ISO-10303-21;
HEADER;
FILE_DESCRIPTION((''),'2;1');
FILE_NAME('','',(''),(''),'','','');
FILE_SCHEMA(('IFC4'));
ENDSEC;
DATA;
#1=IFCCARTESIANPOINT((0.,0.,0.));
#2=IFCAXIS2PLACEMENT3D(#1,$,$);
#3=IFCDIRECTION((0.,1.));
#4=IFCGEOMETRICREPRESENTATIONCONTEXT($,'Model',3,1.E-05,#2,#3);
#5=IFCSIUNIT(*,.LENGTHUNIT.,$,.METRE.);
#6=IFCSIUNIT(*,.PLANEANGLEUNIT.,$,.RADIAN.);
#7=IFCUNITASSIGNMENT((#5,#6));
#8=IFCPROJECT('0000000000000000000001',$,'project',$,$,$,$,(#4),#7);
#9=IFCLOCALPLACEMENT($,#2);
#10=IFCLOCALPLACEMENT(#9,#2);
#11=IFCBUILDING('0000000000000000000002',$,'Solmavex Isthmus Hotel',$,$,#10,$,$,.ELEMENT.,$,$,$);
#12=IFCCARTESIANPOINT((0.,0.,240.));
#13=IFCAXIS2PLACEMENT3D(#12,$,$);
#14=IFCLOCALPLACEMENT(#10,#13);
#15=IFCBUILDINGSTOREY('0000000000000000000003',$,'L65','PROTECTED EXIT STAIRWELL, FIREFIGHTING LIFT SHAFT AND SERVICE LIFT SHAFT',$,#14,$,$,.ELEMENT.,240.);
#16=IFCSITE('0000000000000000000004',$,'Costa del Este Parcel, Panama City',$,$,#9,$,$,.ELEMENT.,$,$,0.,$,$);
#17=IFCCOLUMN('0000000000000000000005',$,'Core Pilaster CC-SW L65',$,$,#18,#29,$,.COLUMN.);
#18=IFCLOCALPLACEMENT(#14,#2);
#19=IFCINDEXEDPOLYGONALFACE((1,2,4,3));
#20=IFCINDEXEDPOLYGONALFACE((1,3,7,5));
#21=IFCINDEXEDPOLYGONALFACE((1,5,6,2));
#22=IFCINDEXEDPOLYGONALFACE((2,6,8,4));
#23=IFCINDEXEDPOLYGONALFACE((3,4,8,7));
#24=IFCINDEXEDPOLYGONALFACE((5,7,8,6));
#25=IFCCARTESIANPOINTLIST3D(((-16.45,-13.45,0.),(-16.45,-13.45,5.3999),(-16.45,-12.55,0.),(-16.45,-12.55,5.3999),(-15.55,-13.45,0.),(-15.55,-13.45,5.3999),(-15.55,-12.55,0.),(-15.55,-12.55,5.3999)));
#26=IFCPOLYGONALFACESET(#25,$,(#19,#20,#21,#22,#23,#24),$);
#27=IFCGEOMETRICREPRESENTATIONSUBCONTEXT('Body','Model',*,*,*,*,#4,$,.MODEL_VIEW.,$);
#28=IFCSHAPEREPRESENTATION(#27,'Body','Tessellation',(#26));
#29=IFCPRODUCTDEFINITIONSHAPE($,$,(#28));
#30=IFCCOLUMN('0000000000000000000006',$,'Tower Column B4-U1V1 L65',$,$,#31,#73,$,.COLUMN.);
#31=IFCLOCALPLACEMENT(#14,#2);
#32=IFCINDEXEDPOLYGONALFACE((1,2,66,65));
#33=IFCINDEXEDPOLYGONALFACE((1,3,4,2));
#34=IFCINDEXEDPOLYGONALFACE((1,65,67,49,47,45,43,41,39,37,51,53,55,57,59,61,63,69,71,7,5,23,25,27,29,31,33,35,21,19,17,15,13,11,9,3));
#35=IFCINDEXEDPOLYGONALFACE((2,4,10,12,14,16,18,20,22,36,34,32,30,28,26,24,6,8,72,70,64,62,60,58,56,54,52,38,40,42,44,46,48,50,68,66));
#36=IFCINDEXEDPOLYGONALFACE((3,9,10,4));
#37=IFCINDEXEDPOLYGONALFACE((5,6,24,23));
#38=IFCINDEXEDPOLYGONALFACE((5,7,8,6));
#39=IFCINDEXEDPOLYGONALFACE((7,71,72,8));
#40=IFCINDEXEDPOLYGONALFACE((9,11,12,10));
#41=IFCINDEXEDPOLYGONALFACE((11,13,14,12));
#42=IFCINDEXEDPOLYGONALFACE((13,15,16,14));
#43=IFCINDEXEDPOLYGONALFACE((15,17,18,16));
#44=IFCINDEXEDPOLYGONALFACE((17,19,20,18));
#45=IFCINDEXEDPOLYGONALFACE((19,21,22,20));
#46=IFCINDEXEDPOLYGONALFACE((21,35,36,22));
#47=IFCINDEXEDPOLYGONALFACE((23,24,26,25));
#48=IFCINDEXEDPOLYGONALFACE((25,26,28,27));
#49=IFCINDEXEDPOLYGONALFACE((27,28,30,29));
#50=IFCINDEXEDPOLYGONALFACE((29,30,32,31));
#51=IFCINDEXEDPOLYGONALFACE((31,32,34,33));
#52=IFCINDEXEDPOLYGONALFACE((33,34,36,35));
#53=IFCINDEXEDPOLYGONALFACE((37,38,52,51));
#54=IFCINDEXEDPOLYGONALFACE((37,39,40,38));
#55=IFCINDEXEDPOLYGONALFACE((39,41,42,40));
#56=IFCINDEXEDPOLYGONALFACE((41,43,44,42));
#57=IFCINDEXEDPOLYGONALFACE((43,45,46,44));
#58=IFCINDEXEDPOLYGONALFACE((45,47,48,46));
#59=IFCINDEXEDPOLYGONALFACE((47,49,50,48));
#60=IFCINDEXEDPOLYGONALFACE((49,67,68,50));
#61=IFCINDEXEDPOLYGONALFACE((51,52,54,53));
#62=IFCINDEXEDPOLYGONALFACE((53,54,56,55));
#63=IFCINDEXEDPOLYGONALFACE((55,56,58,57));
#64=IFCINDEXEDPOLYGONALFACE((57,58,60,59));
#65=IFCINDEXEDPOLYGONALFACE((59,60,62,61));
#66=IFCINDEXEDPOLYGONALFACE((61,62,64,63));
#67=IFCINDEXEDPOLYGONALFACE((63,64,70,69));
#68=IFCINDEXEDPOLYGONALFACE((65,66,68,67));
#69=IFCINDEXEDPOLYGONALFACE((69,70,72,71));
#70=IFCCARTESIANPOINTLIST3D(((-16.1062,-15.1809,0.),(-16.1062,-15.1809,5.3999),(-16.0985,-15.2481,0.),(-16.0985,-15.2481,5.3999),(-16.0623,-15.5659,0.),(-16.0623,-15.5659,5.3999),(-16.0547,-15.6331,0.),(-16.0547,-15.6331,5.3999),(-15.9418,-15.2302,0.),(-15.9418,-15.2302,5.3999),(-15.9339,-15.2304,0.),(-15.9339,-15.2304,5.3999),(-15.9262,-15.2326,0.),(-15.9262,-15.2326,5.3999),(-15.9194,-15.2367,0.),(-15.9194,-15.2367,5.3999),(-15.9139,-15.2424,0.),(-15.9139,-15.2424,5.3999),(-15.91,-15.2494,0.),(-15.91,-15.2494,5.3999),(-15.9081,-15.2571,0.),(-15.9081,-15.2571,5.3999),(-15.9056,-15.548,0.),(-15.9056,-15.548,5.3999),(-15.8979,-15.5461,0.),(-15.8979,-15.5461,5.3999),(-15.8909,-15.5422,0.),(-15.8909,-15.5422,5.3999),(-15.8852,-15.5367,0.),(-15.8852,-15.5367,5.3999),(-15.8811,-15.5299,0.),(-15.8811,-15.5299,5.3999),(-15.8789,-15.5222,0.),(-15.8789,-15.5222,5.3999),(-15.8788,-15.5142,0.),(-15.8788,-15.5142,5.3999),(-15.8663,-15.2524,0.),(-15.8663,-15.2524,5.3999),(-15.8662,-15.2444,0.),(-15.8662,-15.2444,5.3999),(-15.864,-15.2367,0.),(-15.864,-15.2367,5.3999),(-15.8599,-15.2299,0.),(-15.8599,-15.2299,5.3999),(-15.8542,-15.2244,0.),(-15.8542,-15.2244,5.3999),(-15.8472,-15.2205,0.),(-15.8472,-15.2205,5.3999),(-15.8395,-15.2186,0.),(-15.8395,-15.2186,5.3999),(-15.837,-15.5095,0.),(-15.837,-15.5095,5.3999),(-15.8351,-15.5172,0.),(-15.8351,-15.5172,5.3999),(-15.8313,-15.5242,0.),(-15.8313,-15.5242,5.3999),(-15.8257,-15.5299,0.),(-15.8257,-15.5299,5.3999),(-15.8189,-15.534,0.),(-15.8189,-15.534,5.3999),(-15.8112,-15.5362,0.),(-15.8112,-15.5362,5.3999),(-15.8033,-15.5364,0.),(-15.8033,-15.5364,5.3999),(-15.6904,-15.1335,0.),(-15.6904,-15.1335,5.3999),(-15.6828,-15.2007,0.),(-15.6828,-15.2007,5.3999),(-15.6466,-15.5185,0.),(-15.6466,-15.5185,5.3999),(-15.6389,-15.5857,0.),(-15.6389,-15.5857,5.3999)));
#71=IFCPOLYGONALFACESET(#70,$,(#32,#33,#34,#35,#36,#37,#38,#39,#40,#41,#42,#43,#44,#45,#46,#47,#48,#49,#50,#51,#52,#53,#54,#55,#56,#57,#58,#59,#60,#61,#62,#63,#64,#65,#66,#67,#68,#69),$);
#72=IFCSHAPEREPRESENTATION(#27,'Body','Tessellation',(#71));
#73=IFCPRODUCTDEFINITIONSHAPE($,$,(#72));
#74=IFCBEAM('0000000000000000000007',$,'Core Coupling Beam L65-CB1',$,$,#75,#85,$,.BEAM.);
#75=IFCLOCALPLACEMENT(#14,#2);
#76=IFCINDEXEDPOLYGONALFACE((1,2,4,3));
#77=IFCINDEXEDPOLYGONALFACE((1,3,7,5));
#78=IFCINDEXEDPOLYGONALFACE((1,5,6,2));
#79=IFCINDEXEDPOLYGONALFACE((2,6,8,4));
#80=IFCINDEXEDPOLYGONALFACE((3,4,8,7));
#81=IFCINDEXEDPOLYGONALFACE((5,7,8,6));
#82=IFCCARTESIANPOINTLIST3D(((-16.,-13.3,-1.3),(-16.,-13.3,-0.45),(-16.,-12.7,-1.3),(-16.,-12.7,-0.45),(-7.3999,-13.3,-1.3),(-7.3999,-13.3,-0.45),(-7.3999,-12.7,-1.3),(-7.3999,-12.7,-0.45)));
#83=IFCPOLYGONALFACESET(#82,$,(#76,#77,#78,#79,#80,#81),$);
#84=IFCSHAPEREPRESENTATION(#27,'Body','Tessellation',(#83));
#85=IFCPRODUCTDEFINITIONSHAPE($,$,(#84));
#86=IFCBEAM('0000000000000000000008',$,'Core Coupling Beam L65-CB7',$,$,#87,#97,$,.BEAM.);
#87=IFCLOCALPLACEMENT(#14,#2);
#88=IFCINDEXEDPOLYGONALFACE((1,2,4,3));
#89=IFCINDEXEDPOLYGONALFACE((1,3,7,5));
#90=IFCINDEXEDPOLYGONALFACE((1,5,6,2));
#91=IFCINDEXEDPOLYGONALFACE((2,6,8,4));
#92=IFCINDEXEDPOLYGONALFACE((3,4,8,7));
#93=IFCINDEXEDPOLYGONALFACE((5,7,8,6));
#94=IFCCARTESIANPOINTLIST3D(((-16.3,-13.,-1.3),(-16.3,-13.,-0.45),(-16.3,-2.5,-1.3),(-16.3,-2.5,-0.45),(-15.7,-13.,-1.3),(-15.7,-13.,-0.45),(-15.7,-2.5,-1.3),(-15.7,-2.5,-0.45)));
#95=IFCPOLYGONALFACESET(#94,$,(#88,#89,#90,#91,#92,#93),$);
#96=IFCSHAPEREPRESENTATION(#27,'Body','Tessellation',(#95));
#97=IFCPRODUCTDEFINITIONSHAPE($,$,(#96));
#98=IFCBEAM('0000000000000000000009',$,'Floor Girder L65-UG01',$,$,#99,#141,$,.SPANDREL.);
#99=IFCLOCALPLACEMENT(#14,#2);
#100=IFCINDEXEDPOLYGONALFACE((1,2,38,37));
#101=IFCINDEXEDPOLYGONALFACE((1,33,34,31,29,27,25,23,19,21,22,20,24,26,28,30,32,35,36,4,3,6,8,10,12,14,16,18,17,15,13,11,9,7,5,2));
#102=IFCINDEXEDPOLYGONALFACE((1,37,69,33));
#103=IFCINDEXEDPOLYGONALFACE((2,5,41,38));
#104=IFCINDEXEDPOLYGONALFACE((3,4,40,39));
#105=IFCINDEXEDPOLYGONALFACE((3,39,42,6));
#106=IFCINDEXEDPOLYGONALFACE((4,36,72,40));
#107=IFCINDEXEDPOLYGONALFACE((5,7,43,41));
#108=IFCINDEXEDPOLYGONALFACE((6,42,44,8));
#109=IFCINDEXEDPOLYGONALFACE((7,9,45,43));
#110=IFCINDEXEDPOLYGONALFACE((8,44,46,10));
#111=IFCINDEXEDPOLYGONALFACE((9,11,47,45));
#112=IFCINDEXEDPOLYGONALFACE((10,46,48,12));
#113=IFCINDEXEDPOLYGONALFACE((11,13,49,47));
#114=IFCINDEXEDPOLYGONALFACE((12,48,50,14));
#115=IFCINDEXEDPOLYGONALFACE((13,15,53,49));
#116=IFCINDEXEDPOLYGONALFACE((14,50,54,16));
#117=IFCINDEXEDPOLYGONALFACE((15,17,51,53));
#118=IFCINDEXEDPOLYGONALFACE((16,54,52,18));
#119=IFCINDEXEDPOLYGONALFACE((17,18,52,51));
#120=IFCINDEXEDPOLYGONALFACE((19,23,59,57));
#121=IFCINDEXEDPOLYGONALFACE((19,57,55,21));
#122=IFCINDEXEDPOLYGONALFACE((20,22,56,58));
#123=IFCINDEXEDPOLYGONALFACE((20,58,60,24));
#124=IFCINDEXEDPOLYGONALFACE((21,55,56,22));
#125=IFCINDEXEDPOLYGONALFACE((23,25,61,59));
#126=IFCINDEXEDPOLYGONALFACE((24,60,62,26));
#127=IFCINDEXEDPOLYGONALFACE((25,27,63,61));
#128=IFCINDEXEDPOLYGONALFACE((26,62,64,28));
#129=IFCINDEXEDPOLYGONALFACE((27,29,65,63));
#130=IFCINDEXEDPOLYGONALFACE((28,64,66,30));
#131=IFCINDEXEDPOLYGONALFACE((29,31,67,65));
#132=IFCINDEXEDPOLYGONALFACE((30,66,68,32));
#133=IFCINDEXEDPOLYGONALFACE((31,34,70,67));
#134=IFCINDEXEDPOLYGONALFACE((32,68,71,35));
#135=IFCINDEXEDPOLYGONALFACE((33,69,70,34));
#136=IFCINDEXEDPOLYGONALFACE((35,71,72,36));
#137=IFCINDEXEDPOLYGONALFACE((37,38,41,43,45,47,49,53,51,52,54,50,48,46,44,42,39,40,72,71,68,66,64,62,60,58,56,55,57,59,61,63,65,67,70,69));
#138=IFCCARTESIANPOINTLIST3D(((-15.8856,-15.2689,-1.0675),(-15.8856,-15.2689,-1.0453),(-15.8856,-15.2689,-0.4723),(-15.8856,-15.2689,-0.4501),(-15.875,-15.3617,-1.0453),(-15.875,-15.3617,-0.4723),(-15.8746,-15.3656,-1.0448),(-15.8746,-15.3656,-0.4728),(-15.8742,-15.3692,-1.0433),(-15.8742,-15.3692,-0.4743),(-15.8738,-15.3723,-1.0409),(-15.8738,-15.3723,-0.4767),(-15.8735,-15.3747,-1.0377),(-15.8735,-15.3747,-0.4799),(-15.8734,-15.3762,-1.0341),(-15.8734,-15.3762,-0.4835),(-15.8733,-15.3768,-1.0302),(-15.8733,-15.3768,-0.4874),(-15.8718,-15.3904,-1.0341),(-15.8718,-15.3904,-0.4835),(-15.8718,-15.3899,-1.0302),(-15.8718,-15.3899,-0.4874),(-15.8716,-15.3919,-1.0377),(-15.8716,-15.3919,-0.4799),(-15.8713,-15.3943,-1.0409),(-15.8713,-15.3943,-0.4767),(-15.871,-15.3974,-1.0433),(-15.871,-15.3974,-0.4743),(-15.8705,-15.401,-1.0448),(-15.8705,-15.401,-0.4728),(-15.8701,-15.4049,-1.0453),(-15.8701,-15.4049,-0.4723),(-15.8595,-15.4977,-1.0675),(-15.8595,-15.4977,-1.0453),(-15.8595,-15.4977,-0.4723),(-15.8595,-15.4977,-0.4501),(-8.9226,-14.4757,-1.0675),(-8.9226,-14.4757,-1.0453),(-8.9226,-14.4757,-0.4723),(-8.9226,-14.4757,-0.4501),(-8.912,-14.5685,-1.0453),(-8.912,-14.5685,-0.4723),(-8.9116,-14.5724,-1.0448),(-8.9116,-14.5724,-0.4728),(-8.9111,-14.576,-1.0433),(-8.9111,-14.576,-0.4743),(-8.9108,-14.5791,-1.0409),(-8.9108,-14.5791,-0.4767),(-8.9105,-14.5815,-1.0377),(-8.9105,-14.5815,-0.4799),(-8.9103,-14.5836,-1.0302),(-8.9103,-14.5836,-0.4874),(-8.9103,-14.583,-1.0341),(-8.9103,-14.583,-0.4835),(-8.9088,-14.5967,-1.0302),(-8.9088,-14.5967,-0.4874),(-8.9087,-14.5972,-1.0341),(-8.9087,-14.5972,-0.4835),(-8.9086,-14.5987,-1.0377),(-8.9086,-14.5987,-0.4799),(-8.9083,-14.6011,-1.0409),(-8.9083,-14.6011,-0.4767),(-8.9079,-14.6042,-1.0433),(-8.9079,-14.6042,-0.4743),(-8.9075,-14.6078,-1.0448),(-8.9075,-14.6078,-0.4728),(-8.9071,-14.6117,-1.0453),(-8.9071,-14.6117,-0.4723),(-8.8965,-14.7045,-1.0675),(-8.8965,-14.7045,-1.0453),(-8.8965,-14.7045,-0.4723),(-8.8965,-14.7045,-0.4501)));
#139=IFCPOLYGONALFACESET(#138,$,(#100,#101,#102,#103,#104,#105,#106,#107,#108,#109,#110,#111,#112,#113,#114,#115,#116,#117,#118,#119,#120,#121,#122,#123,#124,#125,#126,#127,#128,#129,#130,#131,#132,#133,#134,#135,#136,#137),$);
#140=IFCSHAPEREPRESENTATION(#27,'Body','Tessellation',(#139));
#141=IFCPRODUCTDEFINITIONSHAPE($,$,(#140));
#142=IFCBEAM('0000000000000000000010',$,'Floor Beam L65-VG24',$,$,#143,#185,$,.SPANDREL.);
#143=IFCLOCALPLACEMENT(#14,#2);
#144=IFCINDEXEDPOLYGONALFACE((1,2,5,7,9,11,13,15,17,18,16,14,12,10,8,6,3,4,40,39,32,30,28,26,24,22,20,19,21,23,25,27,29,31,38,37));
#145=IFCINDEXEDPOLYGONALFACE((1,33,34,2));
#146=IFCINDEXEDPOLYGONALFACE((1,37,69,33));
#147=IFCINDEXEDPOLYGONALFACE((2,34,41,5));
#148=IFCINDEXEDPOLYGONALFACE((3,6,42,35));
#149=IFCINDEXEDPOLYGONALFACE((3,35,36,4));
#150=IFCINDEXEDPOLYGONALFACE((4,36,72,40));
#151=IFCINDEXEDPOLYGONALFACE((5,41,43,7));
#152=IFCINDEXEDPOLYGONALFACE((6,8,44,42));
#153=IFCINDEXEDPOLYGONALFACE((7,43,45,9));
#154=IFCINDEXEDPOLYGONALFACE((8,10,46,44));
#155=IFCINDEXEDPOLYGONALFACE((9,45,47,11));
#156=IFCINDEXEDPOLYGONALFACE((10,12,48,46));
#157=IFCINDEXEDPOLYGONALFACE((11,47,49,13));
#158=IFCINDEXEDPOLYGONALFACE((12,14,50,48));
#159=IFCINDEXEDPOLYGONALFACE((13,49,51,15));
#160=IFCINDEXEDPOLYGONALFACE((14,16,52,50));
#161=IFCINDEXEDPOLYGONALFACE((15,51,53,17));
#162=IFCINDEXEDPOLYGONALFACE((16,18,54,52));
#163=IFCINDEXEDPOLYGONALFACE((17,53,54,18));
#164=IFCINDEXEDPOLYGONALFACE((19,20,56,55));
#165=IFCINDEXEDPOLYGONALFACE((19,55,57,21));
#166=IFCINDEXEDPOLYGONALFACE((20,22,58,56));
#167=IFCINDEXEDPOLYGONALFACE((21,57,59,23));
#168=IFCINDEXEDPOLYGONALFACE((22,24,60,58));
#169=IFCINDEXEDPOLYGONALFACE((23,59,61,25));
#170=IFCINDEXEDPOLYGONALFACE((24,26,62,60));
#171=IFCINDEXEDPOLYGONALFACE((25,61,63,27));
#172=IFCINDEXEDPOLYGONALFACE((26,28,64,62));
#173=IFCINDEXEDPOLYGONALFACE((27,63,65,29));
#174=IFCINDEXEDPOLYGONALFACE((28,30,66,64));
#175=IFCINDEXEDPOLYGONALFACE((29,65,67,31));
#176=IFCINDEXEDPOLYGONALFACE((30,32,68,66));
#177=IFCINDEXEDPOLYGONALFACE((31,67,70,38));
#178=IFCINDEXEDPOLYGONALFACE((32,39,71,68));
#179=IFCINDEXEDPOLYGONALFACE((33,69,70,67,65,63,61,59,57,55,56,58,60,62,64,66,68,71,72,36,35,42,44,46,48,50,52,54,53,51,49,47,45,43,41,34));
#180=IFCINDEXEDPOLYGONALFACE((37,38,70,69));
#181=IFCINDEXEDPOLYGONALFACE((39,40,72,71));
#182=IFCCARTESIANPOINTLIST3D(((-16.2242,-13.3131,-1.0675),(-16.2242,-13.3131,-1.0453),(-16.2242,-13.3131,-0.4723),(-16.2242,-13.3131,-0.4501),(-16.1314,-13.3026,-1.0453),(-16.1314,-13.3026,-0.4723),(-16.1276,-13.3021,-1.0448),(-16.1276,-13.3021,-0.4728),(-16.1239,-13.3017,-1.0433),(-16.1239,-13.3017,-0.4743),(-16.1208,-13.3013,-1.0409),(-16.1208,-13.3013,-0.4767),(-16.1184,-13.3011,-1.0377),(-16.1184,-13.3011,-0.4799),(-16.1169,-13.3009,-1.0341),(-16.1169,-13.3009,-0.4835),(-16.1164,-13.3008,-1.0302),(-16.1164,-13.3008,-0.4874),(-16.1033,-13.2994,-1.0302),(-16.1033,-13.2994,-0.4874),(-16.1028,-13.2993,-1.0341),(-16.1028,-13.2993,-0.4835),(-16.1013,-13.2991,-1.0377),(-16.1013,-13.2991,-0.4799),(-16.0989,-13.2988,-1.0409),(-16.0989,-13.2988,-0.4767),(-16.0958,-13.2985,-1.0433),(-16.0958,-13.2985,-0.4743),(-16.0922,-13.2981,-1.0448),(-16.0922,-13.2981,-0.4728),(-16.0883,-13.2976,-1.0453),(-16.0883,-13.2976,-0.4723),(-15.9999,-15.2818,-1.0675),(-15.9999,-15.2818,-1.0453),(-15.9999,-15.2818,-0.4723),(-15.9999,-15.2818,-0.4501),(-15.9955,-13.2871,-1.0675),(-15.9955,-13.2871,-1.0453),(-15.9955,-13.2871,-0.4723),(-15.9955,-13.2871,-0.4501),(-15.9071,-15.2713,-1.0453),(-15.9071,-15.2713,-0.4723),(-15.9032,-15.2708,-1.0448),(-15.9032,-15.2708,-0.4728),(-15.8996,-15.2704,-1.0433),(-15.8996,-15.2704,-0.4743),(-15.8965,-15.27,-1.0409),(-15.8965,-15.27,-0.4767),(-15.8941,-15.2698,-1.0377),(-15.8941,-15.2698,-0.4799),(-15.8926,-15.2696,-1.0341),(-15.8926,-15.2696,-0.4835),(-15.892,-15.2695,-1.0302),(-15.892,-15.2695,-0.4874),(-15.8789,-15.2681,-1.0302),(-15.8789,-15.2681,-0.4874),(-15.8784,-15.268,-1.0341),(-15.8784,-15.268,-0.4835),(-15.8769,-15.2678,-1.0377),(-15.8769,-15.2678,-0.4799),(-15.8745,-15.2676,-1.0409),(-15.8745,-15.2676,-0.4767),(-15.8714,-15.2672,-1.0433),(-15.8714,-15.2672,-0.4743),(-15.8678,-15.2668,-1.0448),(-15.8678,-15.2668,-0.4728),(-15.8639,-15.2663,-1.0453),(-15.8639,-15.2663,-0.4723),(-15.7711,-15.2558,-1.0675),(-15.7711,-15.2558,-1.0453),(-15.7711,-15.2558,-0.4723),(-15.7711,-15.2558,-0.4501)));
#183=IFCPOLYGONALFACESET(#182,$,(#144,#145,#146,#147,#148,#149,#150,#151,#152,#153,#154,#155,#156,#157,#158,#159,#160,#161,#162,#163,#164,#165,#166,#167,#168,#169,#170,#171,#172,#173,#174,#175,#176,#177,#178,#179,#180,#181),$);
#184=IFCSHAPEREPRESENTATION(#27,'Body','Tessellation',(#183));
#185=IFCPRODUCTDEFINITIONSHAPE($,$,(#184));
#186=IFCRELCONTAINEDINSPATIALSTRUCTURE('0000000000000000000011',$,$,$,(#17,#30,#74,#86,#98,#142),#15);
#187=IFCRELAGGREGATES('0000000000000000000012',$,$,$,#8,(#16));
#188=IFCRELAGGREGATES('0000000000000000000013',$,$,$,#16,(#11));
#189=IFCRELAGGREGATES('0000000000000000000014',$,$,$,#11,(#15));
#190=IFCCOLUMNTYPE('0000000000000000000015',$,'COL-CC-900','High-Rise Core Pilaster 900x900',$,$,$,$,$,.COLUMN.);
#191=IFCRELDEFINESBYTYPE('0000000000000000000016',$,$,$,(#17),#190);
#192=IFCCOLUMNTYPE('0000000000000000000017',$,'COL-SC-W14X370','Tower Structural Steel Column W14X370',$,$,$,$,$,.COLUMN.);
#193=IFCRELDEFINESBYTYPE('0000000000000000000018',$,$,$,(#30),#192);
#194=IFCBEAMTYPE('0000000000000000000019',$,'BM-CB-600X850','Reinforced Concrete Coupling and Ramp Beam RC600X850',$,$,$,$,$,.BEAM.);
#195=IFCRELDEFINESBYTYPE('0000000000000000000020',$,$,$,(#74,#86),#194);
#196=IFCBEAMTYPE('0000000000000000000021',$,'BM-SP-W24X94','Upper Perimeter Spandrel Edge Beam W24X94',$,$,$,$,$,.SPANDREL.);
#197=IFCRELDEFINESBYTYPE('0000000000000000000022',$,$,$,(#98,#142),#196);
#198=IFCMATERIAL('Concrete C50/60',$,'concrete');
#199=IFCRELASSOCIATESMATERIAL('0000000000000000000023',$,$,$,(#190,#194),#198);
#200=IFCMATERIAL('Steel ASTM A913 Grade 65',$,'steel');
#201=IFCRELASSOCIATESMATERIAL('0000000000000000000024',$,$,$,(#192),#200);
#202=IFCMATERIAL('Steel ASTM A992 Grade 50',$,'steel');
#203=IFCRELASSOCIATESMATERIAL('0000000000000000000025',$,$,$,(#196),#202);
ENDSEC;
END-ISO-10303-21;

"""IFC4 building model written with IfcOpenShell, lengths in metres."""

from ifc_helpers import new_model, si_unit, direction, frame, origin, origin_2d, place, context, subcontext, project, spatial, rectangle, i_section, extrude, material, material_profile, profile_set, type_object, element, save


model = new_model("IFC4")

# Units and contexts
model_context = context("Model", 3, precision=1e-05, world=origin(), true_north=direction((0.0, 1.0)))
body_context = subcontext(model_context, "Body", "Model", "MODEL_VIEW")
ifc_project = project(units=[si_unit("LENGTHUNIT", "METRE"), si_unit("PLANEANGLEUNIT", "RADIAN")], contexts=[model_context])

# Site, building, storey
site_placement = place(None, origin())
site = spatial("IfcSite", under=ifc_project, at=site_placement, Name="Costa del Este Parcel, Panama City", CompositionType="ELEMENT", RefElevation=0.0)
building_placement = place(site_placement, origin())
building = spatial("IfcBuilding", under=site, at=building_placement, Name="Solmavex Isthmus Hotel", CompositionType="ELEMENT")
storey_placement = place(building_placement, frame((0.0, 0.0, 240.0)))
storey = spatial("IfcBuildingStorey", under=building, at=storey_placement, Name="L65", Description="PROTECTED EXIT STAIRWELL, FIREFIGHTING LIFT SHAFT AND SERVICE LIFT SHAFT", CompositionType="ELEMENT", Elevation=240.0)

# Columns
ifc_material_1 = material(Name="Concrete C50/60", Category="concrete")
ifc_material_profile_1 = material_profile(ifc_material_1, rectangle(XDim=0.8999, YDim=0.8999, at=origin_2d()), Name="RC900X900")
ifc_profile_set_1 = profile_set([ifc_material_profile_1], Name="Concrete C50/60")
column_type_1 = type_object("IfcColumnType", Name="COL-CC-900", Description="High-Rise Core Pilaster 900x900", PredefinedType="COLUMN", material=ifc_profile_set_1)
column_1_placement = place(storey_placement, frame((-16.0, -13.0, 0.0), z_axis=(0.0, 0.0, 1.0), x_axis=(1.0, 0.0, 0.0)))
element("IfcColumn", 1, at=column_1_placement, inside=storey, type_object=column_type_1, Name="Core Pilaster CC-SW L65", PredefinedType="COLUMN", context=body_context, shape_type="SweptSolid", body=[
    extrude(rectangle(XDim=0.8999, YDim=0.8999, at=origin_2d()), origin(), (0.0, 0.0, 1.0), 5.3999),
])
ifc_material_2 = material(Name="Steel ASTM A913 Grade 65", Category="steel")
ifc_material_profile_2 = material_profile(ifc_material_2, i_section(OverallWidth=0.4185, OverallDepth=0.4551, WebThickness=0.042, FlangeThickness=0.0676, FilletRadius=0.0305, at=origin_2d()), Name="W14X370")
ifc_profile_set_2 = profile_set([ifc_material_profile_2], Name="Steel ASTM A913 Grade 65")
column_type_2 = type_object("IfcColumnType", Name="COL-SC-W14X370", Description="Tower Structural Steel Column W14X370", PredefinedType="COLUMN", material=ifc_profile_set_2)
column_2_placement = place(storey_placement, frame((-15.8726, -15.3833, 0.0), z_axis=(0.0, 0.0, 1.0), x_axis=(0.993572, 0.113203, 0.0)))
element("IfcColumn", 2, at=column_2_placement, inside=storey, type_object=column_type_2, Name="Tower Column B4-U1V1 L65", PredefinedType="COLUMN", context=body_context, shape_type="SweptSolid", body=[
    extrude(i_section(OverallWidth=0.4185, OverallDepth=0.4551, WebThickness=0.042, FlangeThickness=0.0676, FilletRadius=0.0305, at=origin_2d()), origin(), (0.0, 0.0, 1.0), 5.3999),
])

# Beams
ifc_material_profile_3 = material_profile(ifc_material_1, rectangle(XDim=0.6001, YDim=0.8501, at=origin_2d()), Name="RC600X850")
ifc_profile_set_3 = profile_set([ifc_material_profile_3], Name="Concrete C50/60")
beam_type_1 = type_object("IfcBeamType", Name="BM-CB-600X850", Description="Reinforced Concrete Coupling and Ramp Beam RC600X850", PredefinedType="BEAM", material=ifc_profile_set_3)
beam_1_placement = place(storey_placement, frame((-16.0, -13.0, -0.875), z_axis=(1.0, 0.0, 0.0), x_axis=(0.0, 1.0, 0.0)))
element("IfcBeam", 3, at=beam_1_placement, inside=storey, type_object=beam_type_1, Name="Core Coupling Beam L65-CB1", PredefinedType="BEAM", context=body_context, shape_type="SweptSolid", body=[
    extrude(rectangle(XDim=0.6001, YDim=0.8501, at=origin_2d()), origin(), (0.0, 0.0, 1.0), 8.6001),
])
beam_2_placement = place(storey_placement, frame((-16.0, -13.0, -0.875), z_axis=(0.0, 1.0, 0.0), x_axis=(-1.0, 0.0, 0.0)))
element("IfcBeam", 4, at=beam_2_placement, inside=storey, type_object=beam_type_1, Name="Core Coupling Beam L65-CB7", PredefinedType="BEAM", context=body_context, shape_type="SweptSolid", body=[
    extrude(rectangle(XDim=0.6001, YDim=0.8501, at=origin_2d()), origin(), (0.0, 0.0, 1.0), 10.5),
])
ifc_material_3 = material(Name="Steel ASTM A992 Grade 50", Category="steel")
ifc_material_profile_4 = material_profile(ifc_material_3, i_section(OverallWidth=0.2302, OverallDepth=0.6174, WebThickness=0.0132, FlangeThickness=0.0222, FilletRadius=0.0151, at=origin_2d()), Name="W24X94")
ifc_profile_set_4 = profile_set([ifc_material_profile_4], Name="Steel ASTM A992 Grade 50")
beam_type_2 = type_object("IfcBeamType", Name="BM-SP-W24X94", Description="Upper Perimeter Spandrel Edge Beam W24X94", PredefinedType="SPANDREL", material=ifc_profile_set_4)
beam_3_placement = place(storey_placement, frame((-15.8726, -15.3833, -0.7588), z_axis=(0.993574, 0.113184, 0.0), x_axis=(-0.113184, 0.993574, 0.0)))
element("IfcBeam", 5, at=beam_3_placement, inside=storey, type_object=beam_type_2, Name="Floor Girder L65-UG01", PredefinedType="SPANDREL", context=body_context, shape_type="SweptSolid", body=[
    extrude(i_section(OverallWidth=0.2302, OverallDepth=0.6174, WebThickness=0.0132, FlangeThickness=0.0222, FilletRadius=0.0151, at=origin_2d()), origin(), (0.0, 0.0, 1.0), 7.0081),
])
beam_4_placement = place(storey_placement, frame((-15.8855, -15.2688, -0.7588), z_axis=(-0.11323, 0.993569, 0.0), x_axis=(-0.993569, -0.11323, 0.0)))
element("IfcBeam", 6, at=beam_4_placement, inside=storey, type_object=beam_type_2, Name="Floor Beam L65-VG24", PredefinedType="SPANDREL", context=body_context, shape_type="SweptSolid", body=[
    extrude(i_section(OverallWidth=0.2302, OverallDepth=0.6174, WebThickness=0.0132, FlangeThickness=0.0222, FilletRadius=0.0151, at=origin_2d()), origin(), (0.0, 0.0, 1.0), 1.9814),
])

save(model, "model.ifc")
